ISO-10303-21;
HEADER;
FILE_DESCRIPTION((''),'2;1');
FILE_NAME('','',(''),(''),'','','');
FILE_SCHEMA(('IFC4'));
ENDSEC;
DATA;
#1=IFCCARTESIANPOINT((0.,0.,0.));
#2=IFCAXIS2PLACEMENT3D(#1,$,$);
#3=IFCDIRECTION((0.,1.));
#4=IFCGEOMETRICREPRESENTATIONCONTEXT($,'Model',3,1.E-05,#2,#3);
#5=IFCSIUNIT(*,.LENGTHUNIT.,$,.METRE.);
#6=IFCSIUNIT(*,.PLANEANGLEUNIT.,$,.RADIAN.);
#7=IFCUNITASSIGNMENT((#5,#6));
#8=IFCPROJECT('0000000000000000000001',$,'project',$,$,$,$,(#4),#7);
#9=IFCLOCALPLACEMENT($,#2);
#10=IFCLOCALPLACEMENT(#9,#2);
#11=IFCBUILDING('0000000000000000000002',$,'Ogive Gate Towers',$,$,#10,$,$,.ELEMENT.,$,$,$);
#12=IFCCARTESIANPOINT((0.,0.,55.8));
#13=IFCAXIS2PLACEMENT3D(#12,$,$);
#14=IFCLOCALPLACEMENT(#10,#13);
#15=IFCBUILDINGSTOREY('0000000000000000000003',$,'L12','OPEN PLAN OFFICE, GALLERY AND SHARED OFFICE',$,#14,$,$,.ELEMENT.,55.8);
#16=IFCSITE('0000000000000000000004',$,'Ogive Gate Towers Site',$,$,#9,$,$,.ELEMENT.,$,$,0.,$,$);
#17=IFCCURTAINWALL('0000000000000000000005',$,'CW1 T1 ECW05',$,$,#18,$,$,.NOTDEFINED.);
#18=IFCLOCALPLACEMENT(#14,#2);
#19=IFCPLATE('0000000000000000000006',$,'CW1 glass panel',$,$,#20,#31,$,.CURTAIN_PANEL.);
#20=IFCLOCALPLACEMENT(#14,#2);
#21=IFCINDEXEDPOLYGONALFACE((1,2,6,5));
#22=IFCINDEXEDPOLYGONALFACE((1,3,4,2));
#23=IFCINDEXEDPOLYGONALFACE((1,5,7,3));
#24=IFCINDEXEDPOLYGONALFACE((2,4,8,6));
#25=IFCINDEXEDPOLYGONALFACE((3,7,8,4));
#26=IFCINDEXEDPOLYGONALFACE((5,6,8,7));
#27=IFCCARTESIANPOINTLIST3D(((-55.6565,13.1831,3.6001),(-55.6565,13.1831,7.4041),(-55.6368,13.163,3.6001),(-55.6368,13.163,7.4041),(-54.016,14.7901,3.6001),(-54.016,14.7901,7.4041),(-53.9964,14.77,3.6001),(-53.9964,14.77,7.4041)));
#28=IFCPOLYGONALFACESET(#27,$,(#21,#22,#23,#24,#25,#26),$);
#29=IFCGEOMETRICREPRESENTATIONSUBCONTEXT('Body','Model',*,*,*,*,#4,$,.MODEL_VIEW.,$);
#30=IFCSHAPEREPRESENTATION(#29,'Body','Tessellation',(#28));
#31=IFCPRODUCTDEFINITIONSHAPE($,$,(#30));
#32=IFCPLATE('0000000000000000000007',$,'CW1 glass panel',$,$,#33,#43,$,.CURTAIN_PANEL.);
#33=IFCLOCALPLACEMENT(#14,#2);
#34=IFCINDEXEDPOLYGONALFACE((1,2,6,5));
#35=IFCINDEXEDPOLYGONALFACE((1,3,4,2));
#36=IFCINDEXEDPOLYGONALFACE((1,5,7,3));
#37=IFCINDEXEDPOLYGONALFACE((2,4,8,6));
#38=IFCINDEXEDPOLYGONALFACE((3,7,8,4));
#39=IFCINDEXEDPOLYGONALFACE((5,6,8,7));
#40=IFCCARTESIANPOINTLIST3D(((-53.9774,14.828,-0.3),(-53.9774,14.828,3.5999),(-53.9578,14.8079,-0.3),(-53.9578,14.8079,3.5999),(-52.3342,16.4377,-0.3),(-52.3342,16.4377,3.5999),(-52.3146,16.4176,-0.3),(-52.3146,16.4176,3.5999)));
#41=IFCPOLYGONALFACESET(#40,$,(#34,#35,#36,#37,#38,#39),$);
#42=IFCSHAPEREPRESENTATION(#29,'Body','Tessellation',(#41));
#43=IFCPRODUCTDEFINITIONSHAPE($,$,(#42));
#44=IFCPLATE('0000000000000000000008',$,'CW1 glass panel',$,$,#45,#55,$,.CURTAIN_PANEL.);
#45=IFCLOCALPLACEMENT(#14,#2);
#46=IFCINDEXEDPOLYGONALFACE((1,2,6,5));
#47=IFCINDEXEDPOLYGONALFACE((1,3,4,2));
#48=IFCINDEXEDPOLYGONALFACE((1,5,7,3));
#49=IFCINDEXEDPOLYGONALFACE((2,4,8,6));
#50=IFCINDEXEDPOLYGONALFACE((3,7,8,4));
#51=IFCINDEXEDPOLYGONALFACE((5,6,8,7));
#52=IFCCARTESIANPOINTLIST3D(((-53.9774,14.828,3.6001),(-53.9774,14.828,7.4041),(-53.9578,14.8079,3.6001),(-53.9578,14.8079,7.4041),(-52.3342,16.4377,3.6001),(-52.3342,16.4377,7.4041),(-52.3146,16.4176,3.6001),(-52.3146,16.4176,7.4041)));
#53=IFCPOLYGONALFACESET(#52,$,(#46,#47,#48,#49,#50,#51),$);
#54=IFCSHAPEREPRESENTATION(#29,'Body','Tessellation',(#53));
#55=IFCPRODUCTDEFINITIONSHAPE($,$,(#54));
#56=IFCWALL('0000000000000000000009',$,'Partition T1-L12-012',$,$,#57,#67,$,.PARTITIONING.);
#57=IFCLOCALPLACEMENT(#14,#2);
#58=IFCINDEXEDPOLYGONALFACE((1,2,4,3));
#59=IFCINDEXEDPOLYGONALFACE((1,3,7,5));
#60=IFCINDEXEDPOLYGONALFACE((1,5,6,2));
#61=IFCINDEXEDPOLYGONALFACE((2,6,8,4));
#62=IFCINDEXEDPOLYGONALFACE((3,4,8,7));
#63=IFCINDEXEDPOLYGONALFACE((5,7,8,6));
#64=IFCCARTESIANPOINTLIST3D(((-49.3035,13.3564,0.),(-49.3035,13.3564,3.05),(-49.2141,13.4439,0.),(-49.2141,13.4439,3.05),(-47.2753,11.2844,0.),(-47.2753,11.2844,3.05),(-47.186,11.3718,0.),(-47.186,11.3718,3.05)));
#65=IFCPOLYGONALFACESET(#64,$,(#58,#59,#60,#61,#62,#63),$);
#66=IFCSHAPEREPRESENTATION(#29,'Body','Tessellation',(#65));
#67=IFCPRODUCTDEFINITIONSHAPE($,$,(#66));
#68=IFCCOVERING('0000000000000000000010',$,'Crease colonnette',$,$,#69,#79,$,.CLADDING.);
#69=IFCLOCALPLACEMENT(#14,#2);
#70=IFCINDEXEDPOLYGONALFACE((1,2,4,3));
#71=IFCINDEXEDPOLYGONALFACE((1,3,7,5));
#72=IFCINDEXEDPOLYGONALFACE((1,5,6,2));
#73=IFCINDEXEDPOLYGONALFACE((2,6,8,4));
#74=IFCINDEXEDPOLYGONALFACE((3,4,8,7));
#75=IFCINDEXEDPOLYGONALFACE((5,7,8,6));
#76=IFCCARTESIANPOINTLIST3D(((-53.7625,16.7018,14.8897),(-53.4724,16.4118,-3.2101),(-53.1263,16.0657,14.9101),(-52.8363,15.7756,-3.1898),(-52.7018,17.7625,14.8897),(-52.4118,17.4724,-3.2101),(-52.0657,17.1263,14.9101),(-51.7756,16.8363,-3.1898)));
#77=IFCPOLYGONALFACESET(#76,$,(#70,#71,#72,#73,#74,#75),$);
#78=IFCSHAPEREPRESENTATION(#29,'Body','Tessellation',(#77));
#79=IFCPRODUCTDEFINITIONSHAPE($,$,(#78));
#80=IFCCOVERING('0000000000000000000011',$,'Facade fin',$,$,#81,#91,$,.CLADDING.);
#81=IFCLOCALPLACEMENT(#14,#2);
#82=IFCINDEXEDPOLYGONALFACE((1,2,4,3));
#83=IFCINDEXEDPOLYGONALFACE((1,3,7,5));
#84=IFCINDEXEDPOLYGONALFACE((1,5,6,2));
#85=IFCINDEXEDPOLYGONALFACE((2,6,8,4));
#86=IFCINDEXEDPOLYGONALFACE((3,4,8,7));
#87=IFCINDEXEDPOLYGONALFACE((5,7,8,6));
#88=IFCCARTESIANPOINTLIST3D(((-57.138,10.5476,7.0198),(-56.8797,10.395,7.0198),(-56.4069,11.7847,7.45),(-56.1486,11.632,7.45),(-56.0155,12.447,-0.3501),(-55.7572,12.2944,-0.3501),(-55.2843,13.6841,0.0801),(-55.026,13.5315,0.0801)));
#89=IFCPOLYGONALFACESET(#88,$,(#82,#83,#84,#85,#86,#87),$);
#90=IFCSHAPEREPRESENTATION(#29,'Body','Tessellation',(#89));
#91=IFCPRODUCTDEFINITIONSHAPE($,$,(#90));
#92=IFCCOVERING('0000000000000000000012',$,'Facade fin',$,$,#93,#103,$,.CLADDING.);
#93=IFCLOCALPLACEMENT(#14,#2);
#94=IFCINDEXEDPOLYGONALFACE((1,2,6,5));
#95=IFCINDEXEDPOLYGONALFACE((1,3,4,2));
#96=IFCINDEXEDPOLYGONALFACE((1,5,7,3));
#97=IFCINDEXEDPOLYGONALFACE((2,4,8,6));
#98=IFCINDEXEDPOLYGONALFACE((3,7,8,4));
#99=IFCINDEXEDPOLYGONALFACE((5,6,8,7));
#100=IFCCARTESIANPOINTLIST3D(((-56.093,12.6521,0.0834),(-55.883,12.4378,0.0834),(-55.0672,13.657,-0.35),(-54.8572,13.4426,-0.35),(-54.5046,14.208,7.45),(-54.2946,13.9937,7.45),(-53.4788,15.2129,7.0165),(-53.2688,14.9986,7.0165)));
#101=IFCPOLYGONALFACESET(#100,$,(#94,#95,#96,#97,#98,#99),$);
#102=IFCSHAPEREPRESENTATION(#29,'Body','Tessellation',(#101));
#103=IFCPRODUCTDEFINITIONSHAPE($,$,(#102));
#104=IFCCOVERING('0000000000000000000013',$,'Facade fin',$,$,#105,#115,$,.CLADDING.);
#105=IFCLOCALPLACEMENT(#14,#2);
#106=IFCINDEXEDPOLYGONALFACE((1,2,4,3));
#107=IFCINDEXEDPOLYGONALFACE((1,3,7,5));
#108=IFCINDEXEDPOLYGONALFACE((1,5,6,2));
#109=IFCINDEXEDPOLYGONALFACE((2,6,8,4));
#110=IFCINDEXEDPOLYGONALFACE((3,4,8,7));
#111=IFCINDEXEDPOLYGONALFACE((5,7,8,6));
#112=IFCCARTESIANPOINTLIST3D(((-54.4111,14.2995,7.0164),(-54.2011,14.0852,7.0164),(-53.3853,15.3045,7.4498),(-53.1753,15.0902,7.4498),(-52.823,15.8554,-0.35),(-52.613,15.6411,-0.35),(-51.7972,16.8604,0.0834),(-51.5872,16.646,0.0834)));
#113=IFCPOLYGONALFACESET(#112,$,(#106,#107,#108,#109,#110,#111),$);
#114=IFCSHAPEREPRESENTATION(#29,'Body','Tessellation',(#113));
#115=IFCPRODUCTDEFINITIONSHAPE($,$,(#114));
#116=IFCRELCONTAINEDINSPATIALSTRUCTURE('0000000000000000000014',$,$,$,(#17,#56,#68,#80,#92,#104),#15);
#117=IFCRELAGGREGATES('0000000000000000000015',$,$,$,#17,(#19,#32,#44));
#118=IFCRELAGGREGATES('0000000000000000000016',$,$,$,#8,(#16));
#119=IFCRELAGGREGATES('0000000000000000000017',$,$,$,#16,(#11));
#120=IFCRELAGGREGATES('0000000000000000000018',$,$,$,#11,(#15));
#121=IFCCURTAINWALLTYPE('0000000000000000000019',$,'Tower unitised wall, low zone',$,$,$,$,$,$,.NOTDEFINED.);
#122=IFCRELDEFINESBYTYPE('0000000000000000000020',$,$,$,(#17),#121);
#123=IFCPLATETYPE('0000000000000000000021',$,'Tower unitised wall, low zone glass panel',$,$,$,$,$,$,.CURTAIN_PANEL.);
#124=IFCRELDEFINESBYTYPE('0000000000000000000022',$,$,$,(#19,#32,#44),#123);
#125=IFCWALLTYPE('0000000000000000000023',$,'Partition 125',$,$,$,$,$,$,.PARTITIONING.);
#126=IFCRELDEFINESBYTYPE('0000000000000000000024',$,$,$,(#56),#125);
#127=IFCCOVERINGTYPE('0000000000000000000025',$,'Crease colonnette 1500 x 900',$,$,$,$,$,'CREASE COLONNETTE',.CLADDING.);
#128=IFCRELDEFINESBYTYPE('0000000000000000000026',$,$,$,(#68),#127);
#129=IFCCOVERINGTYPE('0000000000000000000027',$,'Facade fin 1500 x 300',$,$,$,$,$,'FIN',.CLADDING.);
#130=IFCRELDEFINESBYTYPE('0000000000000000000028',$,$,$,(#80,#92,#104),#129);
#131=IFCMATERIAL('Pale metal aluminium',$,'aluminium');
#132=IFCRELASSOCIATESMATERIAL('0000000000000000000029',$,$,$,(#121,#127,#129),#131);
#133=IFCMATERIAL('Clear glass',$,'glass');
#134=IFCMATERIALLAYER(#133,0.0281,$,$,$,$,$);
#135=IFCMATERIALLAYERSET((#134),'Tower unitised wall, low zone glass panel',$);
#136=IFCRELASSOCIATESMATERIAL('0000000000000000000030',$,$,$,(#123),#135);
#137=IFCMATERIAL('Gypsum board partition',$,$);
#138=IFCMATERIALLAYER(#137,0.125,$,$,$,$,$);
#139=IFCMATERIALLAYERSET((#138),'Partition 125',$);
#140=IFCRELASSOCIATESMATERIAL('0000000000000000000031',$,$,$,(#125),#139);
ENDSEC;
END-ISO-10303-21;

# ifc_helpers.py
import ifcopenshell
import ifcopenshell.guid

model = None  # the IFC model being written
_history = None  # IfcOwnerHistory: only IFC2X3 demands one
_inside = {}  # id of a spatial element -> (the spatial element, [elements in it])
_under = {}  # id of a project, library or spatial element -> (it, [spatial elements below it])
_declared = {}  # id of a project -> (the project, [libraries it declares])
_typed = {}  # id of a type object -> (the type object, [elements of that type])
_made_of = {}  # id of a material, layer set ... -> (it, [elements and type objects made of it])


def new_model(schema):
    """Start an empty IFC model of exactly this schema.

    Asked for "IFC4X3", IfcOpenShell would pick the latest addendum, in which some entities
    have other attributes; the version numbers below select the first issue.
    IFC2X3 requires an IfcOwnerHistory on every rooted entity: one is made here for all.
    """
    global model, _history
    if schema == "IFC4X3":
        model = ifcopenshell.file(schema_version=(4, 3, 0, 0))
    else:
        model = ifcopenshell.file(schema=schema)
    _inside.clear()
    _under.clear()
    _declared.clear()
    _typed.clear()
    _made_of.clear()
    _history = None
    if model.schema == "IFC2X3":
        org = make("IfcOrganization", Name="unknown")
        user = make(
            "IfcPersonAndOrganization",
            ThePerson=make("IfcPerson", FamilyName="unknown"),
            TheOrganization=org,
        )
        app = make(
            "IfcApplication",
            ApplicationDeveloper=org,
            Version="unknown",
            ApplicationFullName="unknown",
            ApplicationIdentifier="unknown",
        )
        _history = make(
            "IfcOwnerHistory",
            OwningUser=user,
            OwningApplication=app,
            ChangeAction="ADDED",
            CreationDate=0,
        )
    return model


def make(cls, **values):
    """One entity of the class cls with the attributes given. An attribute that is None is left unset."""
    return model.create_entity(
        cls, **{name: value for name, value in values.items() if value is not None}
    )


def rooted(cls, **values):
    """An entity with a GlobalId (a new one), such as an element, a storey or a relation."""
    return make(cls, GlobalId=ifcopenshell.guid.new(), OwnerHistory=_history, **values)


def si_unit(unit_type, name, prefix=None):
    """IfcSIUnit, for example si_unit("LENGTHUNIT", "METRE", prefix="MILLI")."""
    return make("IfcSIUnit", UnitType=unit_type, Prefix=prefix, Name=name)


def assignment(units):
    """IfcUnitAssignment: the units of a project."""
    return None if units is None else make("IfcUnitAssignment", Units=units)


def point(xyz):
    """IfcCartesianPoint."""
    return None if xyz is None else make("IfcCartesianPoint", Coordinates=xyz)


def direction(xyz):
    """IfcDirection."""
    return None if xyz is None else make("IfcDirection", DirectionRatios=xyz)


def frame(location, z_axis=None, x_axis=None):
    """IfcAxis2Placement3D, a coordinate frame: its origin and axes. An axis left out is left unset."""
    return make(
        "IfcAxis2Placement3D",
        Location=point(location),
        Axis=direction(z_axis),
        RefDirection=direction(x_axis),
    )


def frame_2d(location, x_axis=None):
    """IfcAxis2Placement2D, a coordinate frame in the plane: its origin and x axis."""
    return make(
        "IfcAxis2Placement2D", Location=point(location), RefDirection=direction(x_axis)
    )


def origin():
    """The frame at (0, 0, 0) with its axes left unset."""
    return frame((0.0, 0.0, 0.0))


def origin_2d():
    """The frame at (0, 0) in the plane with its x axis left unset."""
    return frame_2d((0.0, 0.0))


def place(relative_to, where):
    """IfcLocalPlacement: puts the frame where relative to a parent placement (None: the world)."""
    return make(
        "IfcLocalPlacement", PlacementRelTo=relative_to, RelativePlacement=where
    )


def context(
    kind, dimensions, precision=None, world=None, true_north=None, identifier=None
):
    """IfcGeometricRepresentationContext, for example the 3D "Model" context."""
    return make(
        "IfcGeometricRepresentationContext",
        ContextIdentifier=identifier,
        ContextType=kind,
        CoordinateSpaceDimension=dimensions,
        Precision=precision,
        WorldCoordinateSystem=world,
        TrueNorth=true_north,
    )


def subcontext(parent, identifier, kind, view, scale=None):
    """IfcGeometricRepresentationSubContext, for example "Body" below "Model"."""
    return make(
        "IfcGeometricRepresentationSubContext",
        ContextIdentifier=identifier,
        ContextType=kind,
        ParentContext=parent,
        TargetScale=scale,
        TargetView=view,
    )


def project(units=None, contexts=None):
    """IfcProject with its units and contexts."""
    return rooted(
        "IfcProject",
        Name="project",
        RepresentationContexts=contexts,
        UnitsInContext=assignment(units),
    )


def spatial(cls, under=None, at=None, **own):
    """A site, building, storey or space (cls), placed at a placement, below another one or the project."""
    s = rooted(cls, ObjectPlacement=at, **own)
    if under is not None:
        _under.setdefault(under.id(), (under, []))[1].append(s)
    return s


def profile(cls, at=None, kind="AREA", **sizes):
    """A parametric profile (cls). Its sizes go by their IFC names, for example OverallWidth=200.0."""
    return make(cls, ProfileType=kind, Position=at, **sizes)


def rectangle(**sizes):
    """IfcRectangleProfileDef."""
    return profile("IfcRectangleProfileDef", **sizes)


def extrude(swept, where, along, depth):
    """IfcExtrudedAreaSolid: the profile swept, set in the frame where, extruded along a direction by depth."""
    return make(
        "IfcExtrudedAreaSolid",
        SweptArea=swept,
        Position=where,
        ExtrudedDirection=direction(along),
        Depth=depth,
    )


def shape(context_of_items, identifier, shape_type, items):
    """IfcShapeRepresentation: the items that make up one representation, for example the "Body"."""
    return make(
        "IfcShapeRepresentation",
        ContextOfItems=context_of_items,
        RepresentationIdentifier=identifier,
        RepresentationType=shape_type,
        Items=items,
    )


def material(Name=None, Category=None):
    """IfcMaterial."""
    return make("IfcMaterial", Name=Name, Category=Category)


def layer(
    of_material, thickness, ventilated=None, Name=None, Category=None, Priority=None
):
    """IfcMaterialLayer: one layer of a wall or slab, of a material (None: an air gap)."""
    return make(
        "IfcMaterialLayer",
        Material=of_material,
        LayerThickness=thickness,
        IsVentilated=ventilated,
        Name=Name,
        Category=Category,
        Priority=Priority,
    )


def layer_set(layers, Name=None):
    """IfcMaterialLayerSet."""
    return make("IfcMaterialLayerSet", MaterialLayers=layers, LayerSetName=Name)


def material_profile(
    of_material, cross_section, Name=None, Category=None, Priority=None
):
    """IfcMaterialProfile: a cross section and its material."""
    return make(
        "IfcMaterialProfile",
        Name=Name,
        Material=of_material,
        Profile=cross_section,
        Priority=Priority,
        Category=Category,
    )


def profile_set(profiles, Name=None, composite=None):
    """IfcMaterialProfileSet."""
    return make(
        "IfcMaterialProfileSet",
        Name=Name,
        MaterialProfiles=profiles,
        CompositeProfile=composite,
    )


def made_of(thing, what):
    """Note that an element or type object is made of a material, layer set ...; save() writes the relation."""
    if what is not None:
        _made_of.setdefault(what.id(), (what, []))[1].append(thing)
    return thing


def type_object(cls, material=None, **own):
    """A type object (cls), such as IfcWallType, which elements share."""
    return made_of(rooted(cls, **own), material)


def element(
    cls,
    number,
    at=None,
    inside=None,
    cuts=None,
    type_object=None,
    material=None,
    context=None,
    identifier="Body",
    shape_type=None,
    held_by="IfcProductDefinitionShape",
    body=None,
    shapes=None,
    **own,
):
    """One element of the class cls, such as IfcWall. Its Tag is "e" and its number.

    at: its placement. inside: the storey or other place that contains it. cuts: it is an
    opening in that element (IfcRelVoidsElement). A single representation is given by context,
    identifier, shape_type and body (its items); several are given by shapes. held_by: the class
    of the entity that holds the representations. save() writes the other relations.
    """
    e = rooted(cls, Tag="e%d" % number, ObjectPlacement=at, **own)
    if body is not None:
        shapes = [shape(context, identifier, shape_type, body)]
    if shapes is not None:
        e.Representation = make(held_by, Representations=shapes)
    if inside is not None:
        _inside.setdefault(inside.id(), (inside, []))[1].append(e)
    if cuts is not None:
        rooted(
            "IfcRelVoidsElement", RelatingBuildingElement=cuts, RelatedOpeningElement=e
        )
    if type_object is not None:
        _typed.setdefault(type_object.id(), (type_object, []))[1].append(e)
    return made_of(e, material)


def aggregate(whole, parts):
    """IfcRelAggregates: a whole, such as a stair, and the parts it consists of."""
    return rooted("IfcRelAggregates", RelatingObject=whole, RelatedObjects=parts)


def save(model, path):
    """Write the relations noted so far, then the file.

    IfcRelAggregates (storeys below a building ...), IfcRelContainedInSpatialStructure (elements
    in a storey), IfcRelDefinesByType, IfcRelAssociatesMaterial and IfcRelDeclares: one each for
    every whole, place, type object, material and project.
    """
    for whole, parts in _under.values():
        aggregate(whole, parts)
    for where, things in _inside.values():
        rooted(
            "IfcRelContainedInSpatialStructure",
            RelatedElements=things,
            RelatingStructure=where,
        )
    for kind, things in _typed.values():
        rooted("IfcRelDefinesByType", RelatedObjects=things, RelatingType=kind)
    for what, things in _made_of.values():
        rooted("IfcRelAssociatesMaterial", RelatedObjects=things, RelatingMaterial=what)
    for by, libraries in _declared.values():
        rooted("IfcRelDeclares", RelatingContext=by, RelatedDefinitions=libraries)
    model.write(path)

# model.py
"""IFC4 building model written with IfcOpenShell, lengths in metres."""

from ifc_helpers import new_model, si_unit, direction, frame, frame_2d, origin, origin_2d, place, context, subcontext, project, spatial, rectangle, extrude, material, layer, layer_set, material_profile, profile_set, type_object, element, aggregate, save


model = new_model("IFC4")

# Units and contexts
model_context = context("Model", 3, precision=1e-05, world=origin(), true_north=direction((0.0, 1.0)))
body_context = subcontext(model_context, "Body", "Model", "MODEL_VIEW")
ifc_project = project(units=[si_unit("LENGTHUNIT", "METRE"), si_unit("PLANEANGLEUNIT", "RADIAN")], contexts=[model_context])

# Site, building, storey
site_placement = place(None, origin())
site = spatial("IfcSite", under=ifc_project, at=site_placement, Name="Ogive Gate Towers Site", CompositionType="ELEMENT", RefElevation=0.0)
building_placement = place(site_placement, origin())
building = spatial("IfcBuilding", under=site, at=building_placement, Name="Ogive Gate Towers", CompositionType="ELEMENT")
storey_placement = place(building_placement, frame((0.0, 0.0, 55.8)))
storey = spatial("IfcBuildingStorey", under=building, at=storey_placement, Name="L12", Description="OPEN PLAN OFFICE, GALLERY AND SHARED OFFICE", CompositionType="ELEMENT", Elevation=55.8)

# Curtain wall
ifc_material_1 = material(Name="Pale metal aluminium", Category="aluminium")
curtain_wall_type_1 = type_object("IfcCurtainWallType", Name="Tower unitised wall, low zone", PredefinedType="NOTDEFINED", material=ifc_material_1)
curtain_wall_1_placement = place(storey_placement, origin())
curtain_wall_1 = element("IfcCurtainWall", 1, at=curtain_wall_1_placement, inside=storey, type_object=curtain_wall_type_1, Name="CW1 T1 ECW05", PredefinedType="NOTDEFINED")

# Plates
ifc_material_2 = material(Name="Clear glass", Category="glass")
ifc_layer_1 = layer(ifc_material_2, 0.0281)
ifc_layer_set_1 = layer_set([ifc_layer_1], Name="Tower unitised wall, low zone glass panel")
plate_type_1 = type_object("IfcPlateType", Name="Tower unitised wall, low zone glass panel", PredefinedType="CURTAIN_PANEL", material=ifc_layer_set_1)
plate_1_placement = place(storey_placement, frame((-54.8264, 13.9766, 3.6001), z_axis=(0.0, 0.0, 1.0), x_axis=(0.714351, 0.699788, 0.0)))
plate_1 = element("IfcPlate", 2, at=plate_1_placement, type_object=plate_type_1, Name="CW1 glass panel", PredefinedType="CURTAIN_PANEL", context=body_context, shape_type="SweptSolid", body=[
    extrude(rectangle(XDim=2.2964, YDim=0.0281, at=origin_2d()), origin(), (0.0, 0.0, 1.0), 3.804),
])
plate_2_placement = place(storey_placement, frame((-53.146, 15.6228, -0.3), z_axis=(0.0, 0.0, 1.0), x_axis=(0.714338, 0.6998, 0.0)))
plate_2 = element("IfcPlate", 3, at=plate_2_placement, type_object=plate_type_1, Name="CW1 glass panel", PredefinedType="CURTAIN_PANEL", context=body_context, shape_type="SweptSolid", body=[
    extrude(rectangle(XDim=2.3003, YDim=0.0281, at=origin_2d()), origin(), (0.0, 0.0, 1.0), 3.8999),
])
plate_3_placement = place(storey_placement, frame((-53.146, 15.6228, 3.6001), z_axis=(0.0, 0.0, 1.0), x_axis=(0.714338, 0.6998, 0.0)))
plate_3 = element("IfcPlate", 4, at=plate_3_placement, type_object=plate_type_1, Name="CW1 glass panel", PredefinedType="CURTAIN_PANEL", context=body_context, shape_type="SweptSolid", body=[
    extrude(rectangle(XDim=2.3003, YDim=0.0281, at=origin_2d()), origin(), (0.0, 0.0, 1.0), 3.804),
])
aggregate(curtain_wall_1, [plate_1, plate_2, plate_3])

# Wall
ifc_material_3 = material(Name="Gypsum board partition")
ifc_layer_2 = layer(ifc_material_3, 0.125)
ifc_layer_set_2 = layer_set([ifc_layer_2], Name="Partition 125")
wall_type = type_object("IfcWallType", Name="Partition 125", PredefinedType="PARTITIONING", material=ifc_layer_set_2)
wall_placement = place(storey_placement, frame((-49.2588, 13.4001, 0.0), z_axis=(0.0, 0.0, 1.0), x_axis=(0.699488, -0.714645, 0.0)))
element("IfcWall", 5, at=wall_placement, inside=storey, type_object=wall_type, Name="Partition T1-L12-012", PredefinedType="PARTITIONING", context=body_context, shape_type="SweptSolid", body=[
    extrude(rectangle(XDim=2.8994, YDim=0.125, at=frame_2d((1.4497, 0.0))), origin(), (0.0, 0.0, 1.0), 3.05),
])

# Coverings
ifc_material_profile_1 = material_profile(ifc_material_1, rectangle(XDim=1.5, YDim=0.8999, at=origin_2d()), Name="1500 x 900 pale metal aluminium")
ifc_profile_set_1 = profile_set([ifc_material_profile_1], Name="Pale metal aluminium")
covering_type_1 = type_object("IfcCoveringType", Name="Crease colonnette 1500 x 900", ElementType="CREASE COLONNETTE", PredefinedType="CLADDING", material=ifc_profile_set_1)
covering_1_placement = place(storey_placement, frame((-52.624, 16.624, -3.2), z_axis=(-0.01602, 0.01602, 0.999743), x_axis=(-0.707107, -0.707107, 0.0)))
element("IfcCovering", 6, at=covering_1_placement, inside=storey, type_object=covering_type_1, Name="Crease colonnette", PredefinedType="CLADDING", context=body_context, shape_type="SweptSolid", body=[
    extrude(rectangle(XDim=1.5, YDim=0.8999, at=origin_2d()), origin(), (0.0, 0.0, 1.0), 18.1045),
])
ifc_material_profile_2 = material_profile(ifc_material_1, rectangle(XDim=0.3, YDim=1.5, at=origin_2d()), Name="1500 x 300 pale metal aluminium")
ifc_profile_set_2 = profile_set([ifc_material_profile_2], Name="Pale metal aluminium")
covering_type_2 = type_object("IfcCoveringType", Name="Facade fin 1500 x 300", ElementType="FIN", PredefinedType="CLADDING", material=ifc_profile_set_2)
covering_2_placement = place(storey_placement, frame((-55.5208, 12.9893, -0.135), z_axis=(-0.145919, -0.2469, 0.957992), x_axis=(0.860891, -0.508789, 0.0)))
element("IfcCovering", 7, at=covering_2_placement, inside=storey, type_object=covering_type_2, Name="Facade fin", PredefinedType="CLADDING", context=body_context, shape_type="SweptSolid", body=[
    extrude(rectangle(XDim=0.3, YDim=1.5, at=origin_2d()), origin(), (0.0, 0.0, 1.0), 7.6931),
])
covering_3_placement = place(storey_placement, frame((-55.4751, 13.0474, -0.1333), z_axis=(0.206425, 0.202205, 0.957341), x_axis=(-0.699767, 0.714371, 0.0)))
element("IfcCovering", 8, at=covering_3_placement, inside=storey, type_object=covering_type_2, Name="Facade fin", PredefinedType="CLADDING", context=body_context, shape_type="SweptSolid", body=[
    extrude(rectangle(XDim=0.3, YDim=1.5, at=origin_2d()), origin(), (0.0, 0.0, 1.0), 7.6948),
])
covering_4_placement = place(storey_placement, frame((-52.2051, 16.2507, -0.1333), z_axis=(-0.206395, -0.202206, 0.957347), x_axis=(0.699822, -0.714317, 0.0)))
element("IfcCovering", 9, at=covering_4_placement, inside=storey, type_object=covering_type_2, Name="Facade fin", PredefinedType="CLADDING", context=body_context, shape_type="SweptSolid", body=[
    extrude(rectangle(XDim=0.3, YDim=1.5, at=origin_2d()), origin(), (0.0, 0.0, 1.0), 7.6946),
])

save(model, "model.ifc")
